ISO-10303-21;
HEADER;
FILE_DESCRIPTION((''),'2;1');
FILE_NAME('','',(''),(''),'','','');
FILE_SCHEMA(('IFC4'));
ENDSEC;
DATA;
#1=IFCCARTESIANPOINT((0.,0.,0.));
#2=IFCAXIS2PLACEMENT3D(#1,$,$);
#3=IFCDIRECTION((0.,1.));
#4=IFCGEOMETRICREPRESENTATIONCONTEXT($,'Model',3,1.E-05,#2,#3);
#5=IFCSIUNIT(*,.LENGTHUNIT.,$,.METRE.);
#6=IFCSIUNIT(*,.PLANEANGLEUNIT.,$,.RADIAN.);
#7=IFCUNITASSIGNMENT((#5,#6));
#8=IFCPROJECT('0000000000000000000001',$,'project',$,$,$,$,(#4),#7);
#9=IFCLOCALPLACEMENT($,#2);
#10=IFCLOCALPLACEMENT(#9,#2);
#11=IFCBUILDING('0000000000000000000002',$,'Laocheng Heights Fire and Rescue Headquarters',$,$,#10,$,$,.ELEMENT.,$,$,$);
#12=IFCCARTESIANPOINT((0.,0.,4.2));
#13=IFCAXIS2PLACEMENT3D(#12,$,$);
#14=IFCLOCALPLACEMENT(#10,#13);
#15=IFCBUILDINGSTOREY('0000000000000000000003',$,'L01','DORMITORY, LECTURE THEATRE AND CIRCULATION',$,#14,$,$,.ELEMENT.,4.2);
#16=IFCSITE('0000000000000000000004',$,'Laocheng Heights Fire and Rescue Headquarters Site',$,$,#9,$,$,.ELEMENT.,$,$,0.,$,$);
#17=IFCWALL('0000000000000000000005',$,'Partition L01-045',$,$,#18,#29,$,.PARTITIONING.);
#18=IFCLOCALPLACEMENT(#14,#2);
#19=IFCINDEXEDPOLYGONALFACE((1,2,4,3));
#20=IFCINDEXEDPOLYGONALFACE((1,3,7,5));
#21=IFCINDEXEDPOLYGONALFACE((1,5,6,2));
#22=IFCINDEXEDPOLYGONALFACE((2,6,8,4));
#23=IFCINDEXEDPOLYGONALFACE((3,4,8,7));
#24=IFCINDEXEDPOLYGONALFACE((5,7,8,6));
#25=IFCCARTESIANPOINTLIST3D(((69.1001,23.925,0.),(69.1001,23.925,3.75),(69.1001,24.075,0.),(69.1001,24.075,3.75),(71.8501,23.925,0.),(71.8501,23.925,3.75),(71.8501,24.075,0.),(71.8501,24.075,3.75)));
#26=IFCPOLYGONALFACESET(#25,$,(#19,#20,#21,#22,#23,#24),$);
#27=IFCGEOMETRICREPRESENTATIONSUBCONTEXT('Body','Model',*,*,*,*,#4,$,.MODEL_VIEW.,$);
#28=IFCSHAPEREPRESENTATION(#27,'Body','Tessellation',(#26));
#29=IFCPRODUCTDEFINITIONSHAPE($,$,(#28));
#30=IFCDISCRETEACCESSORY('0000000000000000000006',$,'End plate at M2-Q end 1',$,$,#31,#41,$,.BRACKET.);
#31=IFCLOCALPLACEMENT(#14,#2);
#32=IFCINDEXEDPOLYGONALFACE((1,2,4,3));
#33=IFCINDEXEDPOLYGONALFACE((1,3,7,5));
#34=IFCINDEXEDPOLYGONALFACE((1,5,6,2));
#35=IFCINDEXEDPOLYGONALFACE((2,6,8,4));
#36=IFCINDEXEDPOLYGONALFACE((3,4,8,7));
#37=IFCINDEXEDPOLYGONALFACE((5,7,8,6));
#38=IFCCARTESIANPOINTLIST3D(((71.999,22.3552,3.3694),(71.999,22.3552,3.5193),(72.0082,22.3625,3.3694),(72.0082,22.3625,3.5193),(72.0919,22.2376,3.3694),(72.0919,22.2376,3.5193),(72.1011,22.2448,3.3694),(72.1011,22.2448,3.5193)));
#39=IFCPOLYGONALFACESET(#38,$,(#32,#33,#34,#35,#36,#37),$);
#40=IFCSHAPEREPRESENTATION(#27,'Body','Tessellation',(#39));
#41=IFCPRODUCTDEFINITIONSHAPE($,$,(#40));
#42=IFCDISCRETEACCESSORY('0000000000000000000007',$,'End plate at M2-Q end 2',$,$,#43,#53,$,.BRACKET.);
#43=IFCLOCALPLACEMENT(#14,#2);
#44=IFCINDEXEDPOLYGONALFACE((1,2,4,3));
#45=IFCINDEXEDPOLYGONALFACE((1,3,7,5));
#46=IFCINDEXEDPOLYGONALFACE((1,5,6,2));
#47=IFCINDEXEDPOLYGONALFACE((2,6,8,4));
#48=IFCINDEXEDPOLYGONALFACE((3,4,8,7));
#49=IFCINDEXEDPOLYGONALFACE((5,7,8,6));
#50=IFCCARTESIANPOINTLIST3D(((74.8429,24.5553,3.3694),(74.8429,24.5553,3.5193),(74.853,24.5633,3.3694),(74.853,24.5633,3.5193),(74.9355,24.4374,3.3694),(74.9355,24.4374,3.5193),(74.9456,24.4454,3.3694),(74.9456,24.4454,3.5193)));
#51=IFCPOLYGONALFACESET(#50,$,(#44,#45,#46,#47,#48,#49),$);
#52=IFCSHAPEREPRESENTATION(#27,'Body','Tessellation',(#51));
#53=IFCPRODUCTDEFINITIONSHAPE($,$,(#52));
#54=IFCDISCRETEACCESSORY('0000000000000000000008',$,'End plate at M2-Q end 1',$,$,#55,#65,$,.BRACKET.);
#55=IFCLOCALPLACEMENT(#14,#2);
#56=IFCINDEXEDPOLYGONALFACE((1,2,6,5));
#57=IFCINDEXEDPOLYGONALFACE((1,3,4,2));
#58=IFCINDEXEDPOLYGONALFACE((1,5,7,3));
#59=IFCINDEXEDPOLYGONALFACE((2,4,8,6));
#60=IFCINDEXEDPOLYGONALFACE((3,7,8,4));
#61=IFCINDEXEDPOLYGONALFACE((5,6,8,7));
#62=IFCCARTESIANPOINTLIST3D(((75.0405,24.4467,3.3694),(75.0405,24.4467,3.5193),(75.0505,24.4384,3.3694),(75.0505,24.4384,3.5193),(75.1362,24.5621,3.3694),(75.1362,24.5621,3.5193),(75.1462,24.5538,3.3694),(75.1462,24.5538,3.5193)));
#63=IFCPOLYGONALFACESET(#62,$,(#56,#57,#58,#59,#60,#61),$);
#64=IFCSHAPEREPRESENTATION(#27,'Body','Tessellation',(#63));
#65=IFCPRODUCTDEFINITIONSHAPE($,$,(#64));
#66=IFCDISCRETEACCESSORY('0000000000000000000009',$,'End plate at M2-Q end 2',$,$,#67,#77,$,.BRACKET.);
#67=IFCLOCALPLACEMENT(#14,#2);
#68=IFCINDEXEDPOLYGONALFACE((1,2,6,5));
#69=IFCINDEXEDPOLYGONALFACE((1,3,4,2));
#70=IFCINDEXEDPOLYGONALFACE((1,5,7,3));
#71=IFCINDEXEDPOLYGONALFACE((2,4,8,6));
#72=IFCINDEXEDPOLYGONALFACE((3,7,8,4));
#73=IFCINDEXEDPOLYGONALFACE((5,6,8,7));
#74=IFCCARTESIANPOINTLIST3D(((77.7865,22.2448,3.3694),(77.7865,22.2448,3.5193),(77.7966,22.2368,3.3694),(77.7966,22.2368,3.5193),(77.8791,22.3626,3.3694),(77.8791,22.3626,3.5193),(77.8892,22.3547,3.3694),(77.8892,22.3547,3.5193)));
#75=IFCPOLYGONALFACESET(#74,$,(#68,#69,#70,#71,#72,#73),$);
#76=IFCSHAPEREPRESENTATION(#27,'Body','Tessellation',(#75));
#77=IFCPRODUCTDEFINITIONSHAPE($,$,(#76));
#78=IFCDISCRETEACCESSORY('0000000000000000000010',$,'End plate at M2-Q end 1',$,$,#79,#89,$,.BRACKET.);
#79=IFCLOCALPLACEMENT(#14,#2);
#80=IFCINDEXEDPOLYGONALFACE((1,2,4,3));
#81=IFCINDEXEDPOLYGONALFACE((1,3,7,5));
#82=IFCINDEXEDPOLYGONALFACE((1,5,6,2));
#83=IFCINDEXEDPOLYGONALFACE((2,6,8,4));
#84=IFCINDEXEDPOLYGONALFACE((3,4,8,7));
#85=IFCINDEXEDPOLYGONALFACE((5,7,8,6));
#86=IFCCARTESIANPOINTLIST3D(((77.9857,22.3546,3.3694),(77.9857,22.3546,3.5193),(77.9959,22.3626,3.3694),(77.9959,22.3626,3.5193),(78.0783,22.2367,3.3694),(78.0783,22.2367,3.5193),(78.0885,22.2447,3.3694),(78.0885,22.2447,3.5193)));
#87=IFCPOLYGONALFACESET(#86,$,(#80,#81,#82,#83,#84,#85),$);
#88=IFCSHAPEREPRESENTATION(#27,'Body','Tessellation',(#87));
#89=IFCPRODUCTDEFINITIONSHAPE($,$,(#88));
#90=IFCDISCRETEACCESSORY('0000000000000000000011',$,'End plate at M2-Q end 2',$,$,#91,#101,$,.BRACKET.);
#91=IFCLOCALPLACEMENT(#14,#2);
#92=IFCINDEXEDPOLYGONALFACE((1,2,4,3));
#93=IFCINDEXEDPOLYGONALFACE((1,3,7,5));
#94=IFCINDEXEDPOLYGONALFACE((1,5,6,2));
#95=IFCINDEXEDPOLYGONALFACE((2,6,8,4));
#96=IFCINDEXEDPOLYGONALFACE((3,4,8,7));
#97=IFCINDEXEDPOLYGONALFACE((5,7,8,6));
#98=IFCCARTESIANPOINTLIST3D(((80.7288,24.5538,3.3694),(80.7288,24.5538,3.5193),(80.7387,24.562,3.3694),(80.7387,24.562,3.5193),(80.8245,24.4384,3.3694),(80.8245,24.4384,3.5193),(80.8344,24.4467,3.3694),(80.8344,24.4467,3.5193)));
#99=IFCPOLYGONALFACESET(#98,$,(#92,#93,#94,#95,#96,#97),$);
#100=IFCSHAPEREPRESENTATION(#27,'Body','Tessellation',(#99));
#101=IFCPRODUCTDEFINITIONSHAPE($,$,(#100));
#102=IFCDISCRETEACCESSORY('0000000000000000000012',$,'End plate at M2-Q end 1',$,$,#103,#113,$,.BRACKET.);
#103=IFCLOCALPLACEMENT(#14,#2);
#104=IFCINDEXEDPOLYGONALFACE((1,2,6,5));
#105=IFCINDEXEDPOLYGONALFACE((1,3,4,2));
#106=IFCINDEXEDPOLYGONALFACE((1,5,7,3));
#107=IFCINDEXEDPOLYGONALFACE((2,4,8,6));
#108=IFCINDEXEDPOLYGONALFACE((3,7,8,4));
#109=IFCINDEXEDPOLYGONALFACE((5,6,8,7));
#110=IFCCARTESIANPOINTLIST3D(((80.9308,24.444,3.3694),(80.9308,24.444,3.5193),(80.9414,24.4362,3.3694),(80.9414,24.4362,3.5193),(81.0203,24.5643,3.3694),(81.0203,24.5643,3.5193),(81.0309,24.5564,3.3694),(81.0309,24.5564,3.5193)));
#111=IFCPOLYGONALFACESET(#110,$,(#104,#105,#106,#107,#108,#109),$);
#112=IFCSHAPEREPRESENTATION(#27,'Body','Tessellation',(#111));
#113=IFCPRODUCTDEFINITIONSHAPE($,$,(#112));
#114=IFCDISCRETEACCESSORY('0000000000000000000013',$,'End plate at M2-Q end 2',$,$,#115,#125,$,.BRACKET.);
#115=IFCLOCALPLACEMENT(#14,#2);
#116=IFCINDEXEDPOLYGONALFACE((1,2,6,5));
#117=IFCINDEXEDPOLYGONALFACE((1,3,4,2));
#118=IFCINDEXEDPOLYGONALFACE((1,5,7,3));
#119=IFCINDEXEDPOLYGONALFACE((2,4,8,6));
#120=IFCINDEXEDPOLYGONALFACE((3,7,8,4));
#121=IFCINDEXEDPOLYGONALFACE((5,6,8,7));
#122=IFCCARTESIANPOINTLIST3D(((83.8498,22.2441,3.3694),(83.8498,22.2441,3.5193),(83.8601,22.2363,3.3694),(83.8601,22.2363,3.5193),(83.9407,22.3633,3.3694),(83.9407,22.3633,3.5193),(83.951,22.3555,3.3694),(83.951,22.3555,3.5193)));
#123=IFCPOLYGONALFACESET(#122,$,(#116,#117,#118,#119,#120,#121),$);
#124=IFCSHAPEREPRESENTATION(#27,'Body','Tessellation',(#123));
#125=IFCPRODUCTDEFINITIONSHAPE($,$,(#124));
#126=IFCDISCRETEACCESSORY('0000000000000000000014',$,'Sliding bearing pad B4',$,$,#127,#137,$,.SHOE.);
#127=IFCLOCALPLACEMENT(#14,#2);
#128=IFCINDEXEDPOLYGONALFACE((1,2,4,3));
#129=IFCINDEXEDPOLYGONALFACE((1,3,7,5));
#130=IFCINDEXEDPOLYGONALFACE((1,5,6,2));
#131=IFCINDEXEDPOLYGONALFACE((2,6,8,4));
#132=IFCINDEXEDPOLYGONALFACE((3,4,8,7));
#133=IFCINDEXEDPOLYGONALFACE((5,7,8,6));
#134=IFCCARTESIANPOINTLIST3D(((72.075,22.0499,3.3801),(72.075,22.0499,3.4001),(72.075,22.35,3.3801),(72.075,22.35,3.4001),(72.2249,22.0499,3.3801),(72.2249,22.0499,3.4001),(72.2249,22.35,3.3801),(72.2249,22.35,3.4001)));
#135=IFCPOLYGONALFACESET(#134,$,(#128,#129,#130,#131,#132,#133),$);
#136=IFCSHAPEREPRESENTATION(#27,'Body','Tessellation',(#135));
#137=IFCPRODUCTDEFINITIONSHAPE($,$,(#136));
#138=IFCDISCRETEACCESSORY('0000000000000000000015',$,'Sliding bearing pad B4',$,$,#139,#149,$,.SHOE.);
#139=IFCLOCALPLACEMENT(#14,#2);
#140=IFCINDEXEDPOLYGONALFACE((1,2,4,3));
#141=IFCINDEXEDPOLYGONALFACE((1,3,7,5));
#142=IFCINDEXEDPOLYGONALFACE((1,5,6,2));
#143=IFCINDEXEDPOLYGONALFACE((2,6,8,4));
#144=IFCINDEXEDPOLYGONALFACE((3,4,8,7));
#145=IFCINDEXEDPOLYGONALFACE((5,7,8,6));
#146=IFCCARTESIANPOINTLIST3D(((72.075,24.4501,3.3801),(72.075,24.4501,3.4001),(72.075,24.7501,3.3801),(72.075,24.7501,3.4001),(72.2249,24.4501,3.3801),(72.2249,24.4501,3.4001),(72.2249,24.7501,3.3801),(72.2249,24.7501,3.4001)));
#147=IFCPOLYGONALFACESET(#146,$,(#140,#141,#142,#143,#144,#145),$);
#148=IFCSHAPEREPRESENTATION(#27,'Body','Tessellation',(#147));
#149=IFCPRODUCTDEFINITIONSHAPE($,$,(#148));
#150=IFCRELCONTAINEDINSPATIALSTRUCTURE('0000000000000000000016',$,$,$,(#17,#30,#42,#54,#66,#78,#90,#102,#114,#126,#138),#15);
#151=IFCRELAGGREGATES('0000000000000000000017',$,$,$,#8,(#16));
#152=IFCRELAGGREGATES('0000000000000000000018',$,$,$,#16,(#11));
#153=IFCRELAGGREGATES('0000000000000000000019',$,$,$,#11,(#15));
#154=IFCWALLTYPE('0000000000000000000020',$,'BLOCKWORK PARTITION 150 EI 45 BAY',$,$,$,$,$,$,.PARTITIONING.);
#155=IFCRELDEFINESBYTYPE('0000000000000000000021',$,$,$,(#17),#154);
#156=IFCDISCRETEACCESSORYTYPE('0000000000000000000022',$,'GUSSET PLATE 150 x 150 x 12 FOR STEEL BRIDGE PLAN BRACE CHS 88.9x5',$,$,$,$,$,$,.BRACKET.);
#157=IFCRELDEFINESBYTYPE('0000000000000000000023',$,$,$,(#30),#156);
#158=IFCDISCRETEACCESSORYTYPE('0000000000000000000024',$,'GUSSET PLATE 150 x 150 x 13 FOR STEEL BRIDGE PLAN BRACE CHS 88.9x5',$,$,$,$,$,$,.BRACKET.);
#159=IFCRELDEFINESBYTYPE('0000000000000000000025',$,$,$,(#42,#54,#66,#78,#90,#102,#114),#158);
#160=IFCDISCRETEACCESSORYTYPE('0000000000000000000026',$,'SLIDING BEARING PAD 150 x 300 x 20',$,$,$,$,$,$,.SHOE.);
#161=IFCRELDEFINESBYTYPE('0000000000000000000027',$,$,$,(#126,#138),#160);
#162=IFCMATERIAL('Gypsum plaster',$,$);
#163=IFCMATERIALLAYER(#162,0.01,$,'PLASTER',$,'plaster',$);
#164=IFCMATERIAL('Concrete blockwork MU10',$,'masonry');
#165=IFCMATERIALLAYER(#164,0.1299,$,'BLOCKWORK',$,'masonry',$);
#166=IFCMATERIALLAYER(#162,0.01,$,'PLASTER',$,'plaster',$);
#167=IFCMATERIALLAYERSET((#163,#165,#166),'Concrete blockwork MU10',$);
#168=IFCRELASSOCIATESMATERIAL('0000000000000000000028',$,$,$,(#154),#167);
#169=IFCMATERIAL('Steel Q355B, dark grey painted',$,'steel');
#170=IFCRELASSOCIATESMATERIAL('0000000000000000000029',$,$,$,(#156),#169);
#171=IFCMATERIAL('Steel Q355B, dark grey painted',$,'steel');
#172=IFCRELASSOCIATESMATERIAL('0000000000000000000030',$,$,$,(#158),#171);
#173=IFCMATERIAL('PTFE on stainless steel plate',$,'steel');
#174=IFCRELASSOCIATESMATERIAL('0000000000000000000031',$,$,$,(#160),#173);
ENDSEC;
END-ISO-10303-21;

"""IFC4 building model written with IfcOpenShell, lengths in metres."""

from ifc_helpers import new_model, si_unit, direction, frame, frame_2d, origin, origin_2d, place, context, subcontext, project, spatial, rectangle, extrude, material, layer, layer_set, material_profile, profile_set, type_object, element, save


model = new_model("IFC4")

# Units and contexts
model_context = context("Model", 3, precision=1e-05, world=origin(), true_north=direction((0.0, 1.0)))
body_context = subcontext(model_context, "Body", "Model", "MODEL_VIEW")
ifc_project = project(units=[si_unit("LENGTHUNIT", "METRE"), si_unit("PLANEANGLEUNIT", "RADIAN")], contexts=[model_context])

# Site, building, storey
site_placement = place(None, origin())
site = spatial("IfcSite", under=ifc_project, at=site_placement, Name="Laocheng Heights Fire and Rescue Headquarters Site", CompositionType="ELEMENT", RefElevation=0.0)
building_placement = place(site_placement, origin())
building = spatial("IfcBuilding", under=site, at=building_placement, Name="Laocheng Heights Fire and Rescue Headquarters", CompositionType="ELEMENT")
storey_placement = place(building_placement, frame((0.0, 0.0, 4.2)))
storey = spatial("IfcBuildingStorey", under=building, at=storey_placement, Name="L01", Description="DORMITORY, LECTURE THEATRE AND CIRCULATION", CompositionType="ELEMENT", Elevation=4.2)

# Wall
ifc_material_1 = material(Name="Gypsum plaster")
ifc_layer_1 = layer(ifc_material_1, 0.01, Name="PLASTER", Category="plaster")
ifc_material_2 = material(Name="Concrete blockwork MU10", Category="masonry")
ifc_layer_2 = layer(ifc_material_2, 0.1299, Name="BLOCKWORK", Category="masonry")
ifc_layer_3 = layer(ifc_material_1, 0.01, Name="PLASTER", Category="plaster")
ifc_layer_set = layer_set([ifc_layer_1, ifc_layer_2, ifc_layer_3], Name="Concrete blockwork MU10")
wall_type = type_object("IfcWallType", Name="BLOCKWORK PARTITION 150 EI 45 BAY", PredefinedType="PARTITIONING", material=ifc_layer_set)
wall_placement = place(storey_placement, frame((69.1001, 24.0, 0.0), z_axis=(0.0, 0.0, 1.0), x_axis=(1.0, 0.0, 0.0)))
element("IfcWall", 1, at=wall_placement, inside=storey, type_object=wall_type, Name="Partition L01-045", PredefinedType="PARTITIONING", context=body_context, shape_type="SweptSolid", body=[
    extrude(rectangle(XDim=2.75, YDim=0.1499, at=frame_2d((1.375, 0.0))), origin(), (0.0, 0.0, 1.0), 3.75),
])

# Discrete accessories
ifc_material_3 = material(Name="Steel Q355B, dark grey painted", Category="steel")
ifc_material_profile_1 = material_profile(ifc_material_3, rectangle(XDim=0.1499, YDim=0.1499, at=origin_2d()), Name="GUSSET PLATE 150 x 150 x 12 FOR STEEL BRIDGE PLAN BRACE CHS 88.9x5")
ifc_profile_set_1 = profile_set([ifc_material_profile_1], Name="Steel Q355B, dark grey painted")
discrete_accessory_type_1 = type_object("IfcDiscreteAccessoryType", Name="GUSSET PLATE 150 x 150 x 12 FOR STEEL BRIDGE PLAN BRACE CHS 88.9x5", PredefinedType="BRACKET", material=ifc_profile_set_1)
discrete_accessory_1_placement = place(storey_placement, frame((72.0454, 22.2964, 3.4443), z_axis=(0.784883, 0.619644, 0.0), x_axis=(-0.619644, 0.784883, 0.0)))
element("IfcDiscreteAccessory", 2, at=discrete_accessory_1_placement, inside=storey, type_object=discrete_accessory_type_1, Name="End plate at M2-Q end 1", PredefinedType="BRACKET", context=body_context, shape_type="SweptSolid", body=[
    extrude(rectangle(XDim=0.1499, YDim=0.1499, at=origin_2d()), origin(), (0.0, 0.0, 1.0), 0.0117),
])
ifc_material_4 = material(Name="Steel Q355B, dark grey painted", Category="steel")
ifc_material_profile_2 = material_profile(ifc_material_4, rectangle(XDim=0.1499, YDim=0.1499, at=origin_2d()), Name="GUSSET PLATE 150 x 150 x 13 FOR STEEL BRIDGE PLAN BRACE CHS 88.9x5")
ifc_profile_set_2 = profile_set([ifc_material_profile_2], Name="Steel Q355B, dark grey painted")
discrete_accessory_type_2 = type_object("IfcDiscreteAccessoryType", Name="GUSSET PLATE 150 x 150 x 13 FOR STEEL BRIDGE PLAN BRACE CHS 88.9x5", PredefinedType="BRACKET", material=ifc_profile_set_2)
for number, where, z_axis, x_axis, name in (
    (3, (74.8892, 24.4963, 3.4443), (0.786318, 0.617822, 0.0), (-0.617822, 0.786318, 0.0), "End plate at M2-Q end 2"),
    (4, (75.0884, 24.5044, 3.4443), (0.769758, -0.638336, 0.0), (0.638336, 0.769758, 0.0), "End plate at M2-Q end 1"),
    (5, (77.8328, 22.3037, 3.4443), (0.786318, -0.617822, 0.0), (0.617822, 0.786318, 0.0), "End plate at M2-Q end 2"),
    (6, (78.032, 22.2957, 3.4443), (0.786318, 0.617822, 0.0), (-0.617822, 0.786318, 0.0), "End plate at M2-Q end 1"),
    (7, (80.7766, 24.4961, 3.4443), (0.769758, 0.638336, 0.0), (-0.638336, 0.769758, 0.0), "End plate at M2-Q end 2"),
):
    element("IfcDiscreteAccessory", number, at=place(storey_placement, frame(where, z_axis=z_axis, x_axis=x_axis)), inside=storey, type_object=discrete_accessory_type_2, Name=name, PredefinedType="BRACKET", context=body_context, shape_type="SweptSolid", body=[
        extrude(rectangle(XDim=0.1499, YDim=0.1499, at=origin_2d()), origin(), (0.0, 0.0, 1.0), 0.0129),
    ])
discrete_accessory_2_placement = place(storey_placement, frame((80.9756, 24.5042, 3.4443), z_axis=(0.802233, -0.597011, 0.0), x_axis=(0.597011, 0.802233, 0.0)))
element("IfcDiscreteAccessory", 8, at=discrete_accessory_2_placement, inside=storey, type_object=discrete_accessory_type_2, Name="End plate at M2-Q end 1", PredefinedType="BRACKET", context=body_context, shape_type="SweptSolid", body=[
    extrude(rectangle(XDim=0.1499, YDim=0.1499, at=origin_2d()), origin(), (0.0, 0.0, 1.0), 0.0132),
])
discrete_accessory_3_placement = place(storey_placement, frame((83.8953, 22.3037, 3.4443), z_axis=(0.795432, -0.606043, 0.0), x_axis=(0.606043, 0.795432, 0.0)))
element("IfcDiscreteAccessory", 9, at=discrete_accessory_3_placement, inside=storey, type_object=discrete_accessory_type_2, Name="End plate at M2-Q end 2", PredefinedType="BRACKET", context=body_context, shape_type="SweptSolid", body=[
    extrude(rectangle(XDim=0.1499, YDim=0.1499, at=origin_2d()), origin(), (0.0, 0.0, 1.0), 0.0129),
])
ifc_material_5 = material(Name="PTFE on stainless steel plate", Category="steel")
discrete_accessory_type_3 = type_object("IfcDiscreteAccessoryType", Name="SLIDING BEARING PAD 150 x 300 x 20", PredefinedType="SHOE", material=ifc_material_5)
for number, where, z_axis, x_axis, name in (
    (10, (72.1499, 22.2, 3.3801), (0.0, 0.0, 1.0), (1.0, 0.0, 0.0), "Sliding bearing pad B4"),
    (11, (72.1499, 24.6001, 3.3801), (0.0, 0.0, 1.0), (1.0, 0.0, 0.0), "Sliding bearing pad B4"),
):
    element("IfcDiscreteAccessory", number, at=place(storey_placement, frame(where, z_axis=z_axis, x_axis=x_axis)), inside=storey, type_object=discrete_accessory_type_3, Name=name, PredefinedType="SHOE", context=body_context, shape_type="SweptSolid", body=[
        extrude(rectangle(XDim=0.1499, YDim=0.3, at=origin_2d()), origin(), (0.0, 0.0, 1.0), 0.02),
    ])

save(model, "model.ifc")
